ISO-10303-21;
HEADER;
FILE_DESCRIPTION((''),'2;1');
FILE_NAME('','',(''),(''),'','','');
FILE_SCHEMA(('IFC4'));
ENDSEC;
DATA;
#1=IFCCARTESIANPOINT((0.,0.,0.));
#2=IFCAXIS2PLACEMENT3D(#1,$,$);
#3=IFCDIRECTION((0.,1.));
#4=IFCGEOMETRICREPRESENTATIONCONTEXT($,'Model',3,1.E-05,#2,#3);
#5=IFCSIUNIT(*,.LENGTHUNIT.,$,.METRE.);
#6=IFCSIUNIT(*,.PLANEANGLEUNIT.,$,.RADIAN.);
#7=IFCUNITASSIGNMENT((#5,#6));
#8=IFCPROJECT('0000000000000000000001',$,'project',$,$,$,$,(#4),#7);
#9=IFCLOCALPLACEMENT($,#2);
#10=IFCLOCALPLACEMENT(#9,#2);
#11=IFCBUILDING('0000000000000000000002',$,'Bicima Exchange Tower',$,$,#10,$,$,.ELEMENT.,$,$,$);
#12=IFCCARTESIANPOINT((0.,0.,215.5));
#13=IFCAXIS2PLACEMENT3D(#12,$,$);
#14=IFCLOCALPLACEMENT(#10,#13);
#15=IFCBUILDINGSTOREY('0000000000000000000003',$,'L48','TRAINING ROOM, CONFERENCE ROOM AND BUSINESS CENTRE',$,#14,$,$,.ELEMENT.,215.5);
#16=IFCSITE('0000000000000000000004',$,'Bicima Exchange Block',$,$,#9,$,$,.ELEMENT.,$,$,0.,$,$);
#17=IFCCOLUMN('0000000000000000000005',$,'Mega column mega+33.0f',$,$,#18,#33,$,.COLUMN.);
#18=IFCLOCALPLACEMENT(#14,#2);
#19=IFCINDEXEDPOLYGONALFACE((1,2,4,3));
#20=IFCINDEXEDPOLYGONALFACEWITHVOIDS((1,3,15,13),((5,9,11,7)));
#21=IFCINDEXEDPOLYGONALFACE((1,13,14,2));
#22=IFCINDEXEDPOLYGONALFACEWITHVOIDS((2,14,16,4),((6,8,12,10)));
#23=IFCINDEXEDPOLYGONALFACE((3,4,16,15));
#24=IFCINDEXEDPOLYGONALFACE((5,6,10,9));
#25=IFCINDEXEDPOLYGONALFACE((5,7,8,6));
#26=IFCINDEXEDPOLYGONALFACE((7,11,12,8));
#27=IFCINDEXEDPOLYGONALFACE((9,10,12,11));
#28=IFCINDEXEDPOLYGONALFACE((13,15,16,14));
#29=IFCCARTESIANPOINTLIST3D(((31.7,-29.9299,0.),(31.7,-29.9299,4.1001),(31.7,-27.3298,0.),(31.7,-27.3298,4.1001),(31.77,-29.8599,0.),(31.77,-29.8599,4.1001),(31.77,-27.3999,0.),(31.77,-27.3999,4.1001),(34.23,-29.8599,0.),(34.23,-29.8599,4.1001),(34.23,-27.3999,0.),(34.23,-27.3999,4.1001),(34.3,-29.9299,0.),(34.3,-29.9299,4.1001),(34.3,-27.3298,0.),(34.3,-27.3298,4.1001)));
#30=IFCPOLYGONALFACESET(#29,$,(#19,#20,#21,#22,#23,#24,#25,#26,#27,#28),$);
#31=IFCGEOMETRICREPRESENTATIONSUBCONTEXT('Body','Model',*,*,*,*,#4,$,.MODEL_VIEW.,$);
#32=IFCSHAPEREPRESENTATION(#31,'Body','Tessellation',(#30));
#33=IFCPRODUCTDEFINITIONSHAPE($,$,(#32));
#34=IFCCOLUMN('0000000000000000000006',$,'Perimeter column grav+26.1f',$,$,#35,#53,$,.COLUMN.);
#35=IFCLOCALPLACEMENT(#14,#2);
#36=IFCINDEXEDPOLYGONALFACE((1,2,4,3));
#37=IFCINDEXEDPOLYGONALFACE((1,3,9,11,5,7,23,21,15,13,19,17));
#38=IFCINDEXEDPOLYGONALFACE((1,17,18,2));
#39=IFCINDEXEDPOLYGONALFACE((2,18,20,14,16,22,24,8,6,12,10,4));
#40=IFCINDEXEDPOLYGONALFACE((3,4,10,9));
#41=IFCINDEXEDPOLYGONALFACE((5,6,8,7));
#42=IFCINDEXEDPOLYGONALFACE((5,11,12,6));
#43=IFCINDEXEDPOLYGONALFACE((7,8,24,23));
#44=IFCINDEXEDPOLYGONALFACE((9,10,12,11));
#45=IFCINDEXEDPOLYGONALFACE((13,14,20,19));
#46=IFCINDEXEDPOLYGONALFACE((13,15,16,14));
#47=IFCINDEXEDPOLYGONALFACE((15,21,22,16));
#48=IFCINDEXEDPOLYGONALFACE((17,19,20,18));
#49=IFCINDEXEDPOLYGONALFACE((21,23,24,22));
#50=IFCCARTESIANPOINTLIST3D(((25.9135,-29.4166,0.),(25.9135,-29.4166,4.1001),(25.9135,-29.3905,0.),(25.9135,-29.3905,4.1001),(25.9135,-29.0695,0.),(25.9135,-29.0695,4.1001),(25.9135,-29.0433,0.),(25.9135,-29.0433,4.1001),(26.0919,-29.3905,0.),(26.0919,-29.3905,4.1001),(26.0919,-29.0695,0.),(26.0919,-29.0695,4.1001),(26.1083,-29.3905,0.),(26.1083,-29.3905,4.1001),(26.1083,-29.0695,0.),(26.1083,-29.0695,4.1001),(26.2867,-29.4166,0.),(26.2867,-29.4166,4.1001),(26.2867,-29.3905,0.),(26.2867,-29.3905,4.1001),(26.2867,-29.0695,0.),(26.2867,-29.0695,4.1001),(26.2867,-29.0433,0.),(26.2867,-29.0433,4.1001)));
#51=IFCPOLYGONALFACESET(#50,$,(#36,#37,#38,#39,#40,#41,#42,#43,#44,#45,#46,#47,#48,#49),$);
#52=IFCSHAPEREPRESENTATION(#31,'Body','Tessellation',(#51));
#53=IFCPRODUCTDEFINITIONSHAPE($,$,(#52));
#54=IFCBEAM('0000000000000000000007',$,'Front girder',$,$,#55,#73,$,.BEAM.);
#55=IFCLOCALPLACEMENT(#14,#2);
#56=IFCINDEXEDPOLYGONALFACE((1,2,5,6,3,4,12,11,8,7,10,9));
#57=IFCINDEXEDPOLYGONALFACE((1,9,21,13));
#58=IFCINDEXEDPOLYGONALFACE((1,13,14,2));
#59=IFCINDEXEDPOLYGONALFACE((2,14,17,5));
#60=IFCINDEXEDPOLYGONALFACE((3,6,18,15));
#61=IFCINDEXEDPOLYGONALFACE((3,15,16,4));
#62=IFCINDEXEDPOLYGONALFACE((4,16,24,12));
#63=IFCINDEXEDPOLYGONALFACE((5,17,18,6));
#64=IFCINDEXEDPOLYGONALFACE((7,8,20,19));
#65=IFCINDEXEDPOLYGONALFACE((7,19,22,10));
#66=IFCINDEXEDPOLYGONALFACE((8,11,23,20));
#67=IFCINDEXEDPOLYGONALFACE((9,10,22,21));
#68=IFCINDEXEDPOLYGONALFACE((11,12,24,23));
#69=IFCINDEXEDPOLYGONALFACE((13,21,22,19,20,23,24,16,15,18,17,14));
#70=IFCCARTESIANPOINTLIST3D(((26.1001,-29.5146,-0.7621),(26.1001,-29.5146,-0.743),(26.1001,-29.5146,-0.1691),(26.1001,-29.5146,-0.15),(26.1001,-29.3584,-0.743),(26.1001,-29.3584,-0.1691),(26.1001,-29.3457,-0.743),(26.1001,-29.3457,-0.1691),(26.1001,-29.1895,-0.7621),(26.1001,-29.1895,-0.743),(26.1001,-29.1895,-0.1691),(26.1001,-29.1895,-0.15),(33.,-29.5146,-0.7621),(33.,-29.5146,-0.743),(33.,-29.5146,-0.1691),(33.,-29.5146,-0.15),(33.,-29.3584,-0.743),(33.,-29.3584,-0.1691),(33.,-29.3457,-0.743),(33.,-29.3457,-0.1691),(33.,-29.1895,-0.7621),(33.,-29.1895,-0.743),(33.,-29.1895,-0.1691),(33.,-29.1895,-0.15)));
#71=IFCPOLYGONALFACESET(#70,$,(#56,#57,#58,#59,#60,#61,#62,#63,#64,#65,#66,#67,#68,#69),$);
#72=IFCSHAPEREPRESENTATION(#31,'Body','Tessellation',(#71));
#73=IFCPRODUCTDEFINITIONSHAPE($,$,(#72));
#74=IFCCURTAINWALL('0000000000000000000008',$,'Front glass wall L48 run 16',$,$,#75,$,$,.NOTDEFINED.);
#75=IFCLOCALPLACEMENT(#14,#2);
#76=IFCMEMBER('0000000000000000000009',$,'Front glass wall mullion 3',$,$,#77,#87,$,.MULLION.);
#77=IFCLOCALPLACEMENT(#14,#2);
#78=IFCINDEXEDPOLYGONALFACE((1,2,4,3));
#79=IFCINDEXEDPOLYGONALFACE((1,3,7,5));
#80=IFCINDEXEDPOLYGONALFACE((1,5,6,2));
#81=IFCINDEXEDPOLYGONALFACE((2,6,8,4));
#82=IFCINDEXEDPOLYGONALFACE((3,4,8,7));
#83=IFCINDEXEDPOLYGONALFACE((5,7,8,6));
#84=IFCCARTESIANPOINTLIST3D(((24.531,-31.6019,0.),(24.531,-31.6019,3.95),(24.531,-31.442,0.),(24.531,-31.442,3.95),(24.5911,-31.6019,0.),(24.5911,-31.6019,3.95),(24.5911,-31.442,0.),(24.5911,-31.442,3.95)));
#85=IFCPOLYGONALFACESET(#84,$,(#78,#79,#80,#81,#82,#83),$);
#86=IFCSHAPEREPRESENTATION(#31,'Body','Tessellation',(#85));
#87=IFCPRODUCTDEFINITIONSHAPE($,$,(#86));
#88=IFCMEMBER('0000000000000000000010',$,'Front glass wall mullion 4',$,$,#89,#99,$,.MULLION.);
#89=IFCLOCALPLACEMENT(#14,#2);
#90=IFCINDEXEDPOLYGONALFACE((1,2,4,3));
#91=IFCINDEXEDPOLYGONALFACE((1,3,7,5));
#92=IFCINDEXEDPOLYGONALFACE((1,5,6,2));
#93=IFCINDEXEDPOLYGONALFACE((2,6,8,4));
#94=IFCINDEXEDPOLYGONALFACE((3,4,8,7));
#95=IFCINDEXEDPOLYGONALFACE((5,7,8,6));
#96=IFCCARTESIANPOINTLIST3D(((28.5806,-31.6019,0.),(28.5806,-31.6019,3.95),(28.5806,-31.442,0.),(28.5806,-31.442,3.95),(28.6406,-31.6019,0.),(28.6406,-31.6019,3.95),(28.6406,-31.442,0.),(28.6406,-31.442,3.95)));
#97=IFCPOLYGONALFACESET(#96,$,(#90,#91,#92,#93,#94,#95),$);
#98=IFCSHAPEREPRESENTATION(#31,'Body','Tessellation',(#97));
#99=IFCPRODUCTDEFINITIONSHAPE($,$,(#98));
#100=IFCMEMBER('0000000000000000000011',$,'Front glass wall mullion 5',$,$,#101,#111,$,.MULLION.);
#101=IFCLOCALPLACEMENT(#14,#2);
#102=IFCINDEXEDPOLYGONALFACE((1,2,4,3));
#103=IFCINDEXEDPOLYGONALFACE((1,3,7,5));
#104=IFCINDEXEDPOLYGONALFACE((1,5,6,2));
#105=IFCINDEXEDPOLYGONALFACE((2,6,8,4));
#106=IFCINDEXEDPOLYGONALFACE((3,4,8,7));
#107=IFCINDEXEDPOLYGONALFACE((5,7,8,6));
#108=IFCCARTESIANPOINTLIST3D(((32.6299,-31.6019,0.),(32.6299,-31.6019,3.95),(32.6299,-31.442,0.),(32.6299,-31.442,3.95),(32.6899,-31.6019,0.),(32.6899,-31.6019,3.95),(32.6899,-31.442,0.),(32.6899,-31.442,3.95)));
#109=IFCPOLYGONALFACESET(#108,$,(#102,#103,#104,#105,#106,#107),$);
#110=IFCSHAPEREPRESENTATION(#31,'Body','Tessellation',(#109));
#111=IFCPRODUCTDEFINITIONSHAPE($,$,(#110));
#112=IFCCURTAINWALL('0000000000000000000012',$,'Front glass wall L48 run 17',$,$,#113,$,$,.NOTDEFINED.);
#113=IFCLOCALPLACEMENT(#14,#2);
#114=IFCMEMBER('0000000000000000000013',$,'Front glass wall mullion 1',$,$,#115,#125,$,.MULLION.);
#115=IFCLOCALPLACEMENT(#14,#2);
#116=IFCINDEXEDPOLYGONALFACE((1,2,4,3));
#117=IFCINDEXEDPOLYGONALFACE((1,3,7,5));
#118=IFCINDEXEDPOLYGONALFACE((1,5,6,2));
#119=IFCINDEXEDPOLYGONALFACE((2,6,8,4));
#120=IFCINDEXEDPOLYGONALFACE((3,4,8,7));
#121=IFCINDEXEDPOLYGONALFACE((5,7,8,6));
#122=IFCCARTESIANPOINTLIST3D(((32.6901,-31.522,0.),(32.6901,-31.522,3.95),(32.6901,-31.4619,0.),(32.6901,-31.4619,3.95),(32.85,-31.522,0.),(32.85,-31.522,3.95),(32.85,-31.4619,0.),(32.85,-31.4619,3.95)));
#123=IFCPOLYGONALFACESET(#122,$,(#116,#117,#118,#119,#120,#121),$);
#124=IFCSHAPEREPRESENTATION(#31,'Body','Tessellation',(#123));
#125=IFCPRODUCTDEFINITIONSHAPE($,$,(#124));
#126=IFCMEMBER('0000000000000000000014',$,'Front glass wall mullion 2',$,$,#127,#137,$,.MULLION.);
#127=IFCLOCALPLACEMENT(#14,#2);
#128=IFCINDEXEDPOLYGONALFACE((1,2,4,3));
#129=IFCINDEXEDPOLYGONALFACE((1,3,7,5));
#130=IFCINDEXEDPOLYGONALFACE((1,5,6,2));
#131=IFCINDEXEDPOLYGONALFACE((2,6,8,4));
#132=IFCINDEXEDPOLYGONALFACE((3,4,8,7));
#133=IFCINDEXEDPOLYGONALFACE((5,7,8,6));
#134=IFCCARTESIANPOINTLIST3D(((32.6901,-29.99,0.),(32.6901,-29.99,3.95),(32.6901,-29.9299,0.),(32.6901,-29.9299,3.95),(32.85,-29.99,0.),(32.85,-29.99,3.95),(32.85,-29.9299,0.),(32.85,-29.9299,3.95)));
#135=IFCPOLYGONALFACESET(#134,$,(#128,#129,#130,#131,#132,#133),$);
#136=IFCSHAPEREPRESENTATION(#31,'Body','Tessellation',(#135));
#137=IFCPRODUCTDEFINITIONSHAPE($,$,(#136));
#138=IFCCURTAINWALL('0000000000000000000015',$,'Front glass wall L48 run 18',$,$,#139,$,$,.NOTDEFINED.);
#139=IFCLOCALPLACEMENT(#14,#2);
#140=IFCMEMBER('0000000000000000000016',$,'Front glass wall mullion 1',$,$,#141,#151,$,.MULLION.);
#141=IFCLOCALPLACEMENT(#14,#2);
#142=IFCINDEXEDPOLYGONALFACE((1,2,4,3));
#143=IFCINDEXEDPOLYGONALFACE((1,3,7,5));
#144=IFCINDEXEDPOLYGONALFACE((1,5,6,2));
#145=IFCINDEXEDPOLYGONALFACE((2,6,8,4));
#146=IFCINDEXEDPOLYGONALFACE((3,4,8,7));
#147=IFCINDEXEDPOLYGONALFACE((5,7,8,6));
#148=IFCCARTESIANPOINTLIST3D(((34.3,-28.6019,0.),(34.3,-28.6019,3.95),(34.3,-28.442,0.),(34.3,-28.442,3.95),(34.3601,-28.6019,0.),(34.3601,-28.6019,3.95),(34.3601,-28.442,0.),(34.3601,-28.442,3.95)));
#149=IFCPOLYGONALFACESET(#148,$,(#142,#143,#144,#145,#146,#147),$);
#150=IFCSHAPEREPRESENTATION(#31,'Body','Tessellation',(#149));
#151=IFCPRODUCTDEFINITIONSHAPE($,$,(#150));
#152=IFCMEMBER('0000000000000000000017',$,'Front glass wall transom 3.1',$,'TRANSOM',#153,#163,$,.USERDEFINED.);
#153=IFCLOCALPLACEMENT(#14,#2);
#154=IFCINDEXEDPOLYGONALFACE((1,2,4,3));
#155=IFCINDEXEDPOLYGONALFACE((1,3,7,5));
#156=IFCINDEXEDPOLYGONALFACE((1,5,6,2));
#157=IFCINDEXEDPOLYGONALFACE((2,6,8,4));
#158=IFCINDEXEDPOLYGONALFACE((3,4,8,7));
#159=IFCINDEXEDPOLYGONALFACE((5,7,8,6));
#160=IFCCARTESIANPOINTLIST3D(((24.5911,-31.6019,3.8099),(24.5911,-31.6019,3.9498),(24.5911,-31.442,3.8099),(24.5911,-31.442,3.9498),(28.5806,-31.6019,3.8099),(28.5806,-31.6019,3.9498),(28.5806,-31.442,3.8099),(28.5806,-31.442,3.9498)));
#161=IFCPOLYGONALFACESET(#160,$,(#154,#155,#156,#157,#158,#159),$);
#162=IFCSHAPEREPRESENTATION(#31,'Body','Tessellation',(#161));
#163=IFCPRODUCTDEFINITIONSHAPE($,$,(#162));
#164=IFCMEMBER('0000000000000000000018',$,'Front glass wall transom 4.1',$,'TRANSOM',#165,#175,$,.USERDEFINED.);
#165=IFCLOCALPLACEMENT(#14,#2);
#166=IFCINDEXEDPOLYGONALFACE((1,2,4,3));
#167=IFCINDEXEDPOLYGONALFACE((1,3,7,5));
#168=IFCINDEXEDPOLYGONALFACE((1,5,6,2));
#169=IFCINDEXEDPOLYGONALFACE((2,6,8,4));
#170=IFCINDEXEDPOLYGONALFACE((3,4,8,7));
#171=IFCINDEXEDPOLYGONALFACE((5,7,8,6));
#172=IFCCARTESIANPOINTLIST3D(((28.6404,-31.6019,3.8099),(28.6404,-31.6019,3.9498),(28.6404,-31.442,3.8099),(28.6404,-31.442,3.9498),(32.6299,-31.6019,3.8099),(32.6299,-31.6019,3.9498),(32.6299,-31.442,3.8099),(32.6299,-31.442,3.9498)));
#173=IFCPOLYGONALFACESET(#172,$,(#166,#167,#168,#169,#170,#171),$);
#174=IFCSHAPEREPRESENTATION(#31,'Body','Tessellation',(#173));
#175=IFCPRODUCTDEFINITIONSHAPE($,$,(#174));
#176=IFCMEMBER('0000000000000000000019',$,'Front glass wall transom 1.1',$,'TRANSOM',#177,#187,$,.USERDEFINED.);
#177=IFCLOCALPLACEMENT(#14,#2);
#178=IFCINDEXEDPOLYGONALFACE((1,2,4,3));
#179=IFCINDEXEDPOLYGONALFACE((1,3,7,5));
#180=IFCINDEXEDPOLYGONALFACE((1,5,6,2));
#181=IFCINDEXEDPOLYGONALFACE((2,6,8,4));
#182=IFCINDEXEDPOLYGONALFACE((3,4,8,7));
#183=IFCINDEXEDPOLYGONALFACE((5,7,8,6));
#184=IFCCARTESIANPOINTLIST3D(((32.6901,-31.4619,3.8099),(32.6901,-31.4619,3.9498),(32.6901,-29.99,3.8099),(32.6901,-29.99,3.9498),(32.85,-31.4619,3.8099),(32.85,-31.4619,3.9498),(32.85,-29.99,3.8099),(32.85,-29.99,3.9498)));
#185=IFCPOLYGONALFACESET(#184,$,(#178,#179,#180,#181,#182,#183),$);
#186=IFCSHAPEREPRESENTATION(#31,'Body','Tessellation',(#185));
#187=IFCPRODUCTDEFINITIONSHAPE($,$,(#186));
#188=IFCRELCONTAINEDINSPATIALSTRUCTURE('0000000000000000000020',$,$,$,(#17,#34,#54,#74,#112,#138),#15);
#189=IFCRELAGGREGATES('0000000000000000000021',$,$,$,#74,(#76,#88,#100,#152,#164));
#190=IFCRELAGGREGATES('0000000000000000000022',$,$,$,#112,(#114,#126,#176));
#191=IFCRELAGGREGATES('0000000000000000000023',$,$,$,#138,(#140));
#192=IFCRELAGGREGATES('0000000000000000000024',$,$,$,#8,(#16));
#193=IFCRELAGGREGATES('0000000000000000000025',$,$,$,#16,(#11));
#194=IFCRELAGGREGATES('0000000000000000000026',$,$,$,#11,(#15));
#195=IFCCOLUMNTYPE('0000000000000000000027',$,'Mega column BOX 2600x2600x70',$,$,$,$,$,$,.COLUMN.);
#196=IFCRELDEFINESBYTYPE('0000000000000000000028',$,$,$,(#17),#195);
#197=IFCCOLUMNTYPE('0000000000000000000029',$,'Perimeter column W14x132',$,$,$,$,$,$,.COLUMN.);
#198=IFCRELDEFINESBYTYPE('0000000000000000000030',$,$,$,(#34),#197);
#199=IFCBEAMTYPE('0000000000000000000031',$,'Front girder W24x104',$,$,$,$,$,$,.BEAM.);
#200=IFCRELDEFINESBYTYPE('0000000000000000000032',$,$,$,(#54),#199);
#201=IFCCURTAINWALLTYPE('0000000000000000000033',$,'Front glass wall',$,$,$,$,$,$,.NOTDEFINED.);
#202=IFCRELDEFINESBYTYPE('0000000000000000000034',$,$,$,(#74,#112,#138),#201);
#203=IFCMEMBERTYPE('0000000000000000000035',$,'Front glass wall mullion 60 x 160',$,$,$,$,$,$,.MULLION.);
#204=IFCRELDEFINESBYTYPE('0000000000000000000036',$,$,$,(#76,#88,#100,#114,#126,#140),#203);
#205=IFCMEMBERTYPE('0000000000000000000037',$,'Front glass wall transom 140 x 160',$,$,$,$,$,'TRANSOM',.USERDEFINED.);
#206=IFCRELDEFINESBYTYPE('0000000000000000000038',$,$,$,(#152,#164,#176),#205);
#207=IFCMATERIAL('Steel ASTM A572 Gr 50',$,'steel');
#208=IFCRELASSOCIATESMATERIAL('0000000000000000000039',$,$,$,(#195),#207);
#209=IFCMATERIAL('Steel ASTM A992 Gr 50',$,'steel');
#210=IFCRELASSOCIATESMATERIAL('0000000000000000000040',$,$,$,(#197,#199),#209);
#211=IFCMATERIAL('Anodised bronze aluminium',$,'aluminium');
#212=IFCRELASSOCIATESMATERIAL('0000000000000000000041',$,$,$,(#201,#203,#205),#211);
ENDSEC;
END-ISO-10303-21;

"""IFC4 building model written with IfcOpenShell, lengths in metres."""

from ifc_helpers import new_model, si_unit, direction, frame, origin, origin_2d, place, context, subcontext, project, spatial, rectangle, hollow_rectangle, i_section, extrude, material, material_profile, profile_set, type_object, element, aggregate, save


model = new_model("IFC4")

# Units and contexts
model_context = context("Model", 3, precision=1e-05, world=origin(), true_north=direction((0.0, 1.0)))
body_context = subcontext(model_context, "Body", "Model", "MODEL_VIEW")
ifc_project = project(units=[si_unit("LENGTHUNIT", "METRE"), si_unit("PLANEANGLEUNIT", "RADIAN")], contexts=[model_context])

# Site, building, storey
site_placement = place(None, origin())
site = spatial("IfcSite", under=ifc_project, at=site_placement, Name="Bicima Exchange Block", CompositionType="ELEMENT", RefElevation=0.0)
building_placement = place(site_placement, origin())
building = spatial("IfcBuilding", under=site, at=building_placement, Name="Bicima Exchange Tower", CompositionType="ELEMENT")
storey_placement = place(building_placement, frame((0.0, 0.0, 215.5)))
storey = spatial("IfcBuildingStorey", under=building, at=storey_placement, Name="L48", Description="TRAINING ROOM, CONFERENCE ROOM AND BUSINESS CENTRE", CompositionType="ELEMENT", Elevation=215.5)

# Columns
ifc_material_1 = material(Name="Steel ASTM A572 Gr 50", Category="steel")
ifc_material_profile_1 = material_profile(ifc_material_1, hollow_rectangle(XDim=2.6001, YDim=2.6001, WallThickness=0.0701, at=origin_2d()))
ifc_profile_set_1 = profile_set([ifc_material_profile_1], Name="Steel ASTM A572 Gr 50")
column_type_1 = type_object("IfcColumnType", Name="Mega column BOX 2600x2600x70", PredefinedType="COLUMN", material=ifc_profile_set_1)
column_1_placement = place(storey_placement, frame((33.0, -28.6299, 0.0), z_axis=(0.0, 0.0, 1.0), x_axis=(1.0, 0.0, 0.0)))
element("IfcColumn", 1, at=column_1_placement, inside=storey, type_object=column_type_1, Name="Mega column mega+33.0f", PredefinedType="COLUMN", context=body_context, shape_type="SweptSolid", body=[
    extrude(hollow_rectangle(XDim=2.6001, YDim=2.6001, WallThickness=0.0701, at=origin_2d()), origin(), (0.0, 0.0, 1.0), 4.1001),
])
ifc_material_2 = material(Name="Steel ASTM A992 Gr 50", Category="steel")
ifc_material_profile_2 = material_profile(ifc_material_2, i_section(OverallWidth=0.3733, OverallDepth=0.3733, WebThickness=0.0164, FlangeThickness=0.0261, at=origin_2d()))
ifc_profile_set_2 = profile_set([ifc_material_profile_2], Name="Steel ASTM A992 Gr 50")
column_type_2 = type_object("IfcColumnType", Name="Perimeter column W14x132", PredefinedType="COLUMN", material=ifc_profile_set_2)
column_2_placement = place(storey_placement, frame((26.1001, -29.23, 0.0), z_axis=(0.0, 0.0, 1.0), x_axis=(1.0, 0.0, 0.0)))
element("IfcColumn", 2, at=column_2_placement, inside=storey, type_object=column_type_2, Name="Perimeter column grav+26.1f", PredefinedType="COLUMN", context=body_context, shape_type="SweptSolid", body=[
    extrude(i_section(OverallWidth=0.3733, OverallDepth=0.3733, WebThickness=0.0164, FlangeThickness=0.0261, at=origin_2d()), origin(), (0.0, 0.0, 1.0), 4.1001),
])

# Beam
ifc_material_profile_3 = material_profile(ifc_material_2, i_section(OverallWidth=0.3252, OverallDepth=0.6121, WebThickness=0.0127, FlangeThickness=0.019, at=origin_2d()))
ifc_profile_set_3 = profile_set([ifc_material_profile_3], Name="Steel ASTM A992 Gr 50")
beam_type = type_object("IfcBeamType", Name="Front girder W24x104", PredefinedType="BEAM", material=ifc_profile_set_3)
beam_placement = place(storey_placement, frame((26.1001, -29.3521, -0.4561), z_axis=(1.0, 0.0, 0.0), x_axis=(0.0, 1.0, 0.0)))
element("IfcBeam", 3, at=beam_placement, inside=storey, type_object=beam_type, Name="Front girder", PredefinedType="BEAM", context=body_context, shape_type="SweptSolid", body=[
    extrude(i_section(OverallWidth=0.3252, OverallDepth=0.6121, WebThickness=0.0127, FlangeThickness=0.019, at=origin_2d()), origin(), (0.0, 0.0, 1.0), 6.8999),
])

# Curtain walls, members
ifc_material_3 = material(Name="Anodised bronze aluminium", Category="aluminium")
curtain_wall_type = type_object("IfcCurtainWallType", Name="Front glass wall", PredefinedType="NOTDEFINED", material=ifc_material_3)
curtain_wall_1_placement = place(storey_placement, origin())
curtain_wall_1 = element("IfcCurtainWall", 4, at=curtain_wall_1_placement, inside=storey, type_object=curtain_wall_type, Name="Front glass wall L48 run 16", PredefinedType="NOTDEFINED")
ifc_material_profile_4 = material_profile(ifc_material_3, rectangle(XDim=0.1599, YDim=0.0601, at=origin_2d()))
ifc_profile_set_4 = profile_set([ifc_material_profile_4], Name="Anodised bronze aluminium")
member_type_1 = type_object("IfcMemberType", Name="Front glass wall mullion 60 x 160", PredefinedType="MULLION", material=ifc_profile_set_4)
member_1_placement = place(storey_placement, frame((24.561, -31.522, 0.0), z_axis=(0.0, 0.0, 1.0), x_axis=(0.0, 1.0, 0.0)))
member_1 = element("IfcMember", 5, at=member_1_placement, type_object=member_type_1, Name="Front glass wall mullion 3", PredefinedType="MULLION", context=body_context, shape_type="SweptSolid", body=[
    extrude(rectangle(XDim=0.1599, YDim=0.0601, at=origin_2d()), origin(), (0.0, 0.0, 1.0), 3.95),
])
member_2_placement = place(storey_placement, frame((28.6106, -31.522, 0.0), z_axis=(0.0, 0.0, 1.0), x_axis=(0.0, 1.0, 0.0)))
member_2 = element("IfcMember", 6, at=member_2_placement, type_object=member_type_1, Name="Front glass wall mullion 4", PredefinedType="MULLION", context=body_context, shape_type="SweptSolid", body=[
    extrude(rectangle(XDim=0.1599, YDim=0.0601, at=origin_2d()), origin(), (0.0, 0.0, 1.0), 3.95),
])
member_3_placement = place(storey_placement, frame((32.6599, -31.522, 0.0), z_axis=(0.0, 0.0, 1.0), x_axis=(0.0, 1.0, 0.0)))
member_3 = element("IfcMember", 7, at=member_3_placement, type_object=member_type_1, Name="Front glass wall mullion 5", PredefinedType="MULLION", context=body_context, shape_type="SweptSolid", body=[
    extrude(rectangle(XDim=0.1599, YDim=0.0601, at=origin_2d()), origin(), (0.0, 0.0, 1.0), 3.95),
])
curtain_wall_2_placement = place(storey_placement, origin())
curtain_wall_2 = element("IfcCurtainWall", 8, at=curtain_wall_2_placement, inside=storey, type_object=curtain_wall_type, Name="Front glass wall L48 run 17", PredefinedType="NOTDEFINED")
member_4_placement = place(storey_placement, frame((32.77, -31.4919, 0.0), z_axis=(0.0, 0.0, 1.0), x_axis=(-1.0, 0.0, 0.0)))
member_4 = element("IfcMember", 9, at=member_4_placement, type_object=member_type_1, Name="Front glass wall mullion 1", PredefinedType="MULLION", context=body_context, shape_type="SweptSolid", body=[
    extrude(rectangle(XDim=0.1599, YDim=0.0601, at=origin_2d()), origin(), (0.0, 0.0, 1.0), 3.95),
])
member_5_placement = place(storey_placement, frame((32.77, -29.96, 0.0), z_axis=(0.0, 0.0, 1.0), x_axis=(-1.0, 0.0, 0.0)))
member_5 = element("IfcMember", 10, at=member_5_placement, type_object=member_type_1, Name="Front glass wall mullion 2", PredefinedType="MULLION", context=body_context, shape_type="SweptSolid", body=[
    extrude(rectangle(XDim=0.1599, YDim=0.0601, at=origin_2d()), origin(), (0.0, 0.0, 1.0), 3.95),
])

# Curtain wall, member
curtain_wall_3_placement = place(storey_placement, origin())
curtain_wall_3 = element("IfcCurtainWall", 11, at=curtain_wall_3_placement, inside=storey, type_object=curtain_wall_type, Name="Front glass wall L48 run 18", PredefinedType="NOTDEFINED")
member_6_placement = place(storey_placement, frame((34.3301, -28.522, 0.0), z_axis=(0.0, 0.0, 1.0), x_axis=(0.0, 1.0, 0.0)))
member_6 = element("IfcMember", 12, at=member_6_placement, type_object=member_type_1, Name="Front glass wall mullion 1", PredefinedType="MULLION", context=body_context, shape_type="SweptSolid", body=[
    extrude(rectangle(XDim=0.1599, YDim=0.0601, at=origin_2d()), origin(), (0.0, 0.0, 1.0), 3.95),
])

# Members
ifc_material_profile_5 = material_profile(ifc_material_3, rectangle(XDim=0.1599, YDim=0.1399, at=origin_2d()))
ifc_profile_set_5 = profile_set([ifc_material_profile_5], Name="Anodised bronze aluminium")
member_type_2 = type_object("IfcMemberType", Name="Front glass wall transom 140 x 160", ElementType="TRANSOM", PredefinedType="USERDEFINED", material=ifc_profile_set_5)
member_7_placement = place(storey_placement, frame((24.5911, -31.522, 3.8799), z_axis=(1.0, 0.0, 0.0), x_axis=(0.0, 1.0, 0.0)))
member_7 = element("IfcMember", 13, at=member_7_placement, type_object=member_type_2, Name="Front glass wall transom 3.1", ObjectType="TRANSOM", PredefinedType="USERDEFINED", context=body_context, shape_type="SweptSolid", body=[
    extrude(rectangle(XDim=0.1599, YDim=0.1399, at=origin_2d()), origin(), (0.0, 0.0, 1.0), 3.9895),
])
member_8_placement = place(storey_placement, frame((28.6404, -31.522, 3.8799), z_axis=(1.0, 0.0, 0.0), x_axis=(0.0, 1.0, 0.0)))
member_8 = element("IfcMember", 14, at=member_8_placement, type_object=member_type_2, Name="Front glass wall transom 4.1", ObjectType="TRANSOM", PredefinedType="USERDEFINED", context=body_context, shape_type="SweptSolid", body=[
    extrude(rectangle(XDim=0.1599, YDim=0.1399, at=origin_2d()), origin(), (0.0, 0.0, 1.0), 3.9895),
])
member_9_placement = place(storey_placement, frame((32.77, -31.4619, 3.8799), z_axis=(0.0, 1.0, 0.0), x_axis=(-1.0, 0.0, 0.0)))
member_9 = element("IfcMember", 15, at=member_9_placement, type_object=member_type_2, Name="Front glass wall transom 1.1", ObjectType="TRANSOM", PredefinedType="USERDEFINED", context=body_context, shape_type="SweptSolid", body=[
    extrude(rectangle(XDim=0.1599, YDim=0.1399, at=origin_2d()), origin(), (0.0, 0.0, 1.0), 1.4719),
])

aggregate(curtain_wall_1, [member_1, member_2, member_3, member_7, member_8])
aggregate(curtain_wall_2, [member_4, member_5, member_9])
aggregate(curtain_wall_3, [member_6])

save(model, "model.ifc")
